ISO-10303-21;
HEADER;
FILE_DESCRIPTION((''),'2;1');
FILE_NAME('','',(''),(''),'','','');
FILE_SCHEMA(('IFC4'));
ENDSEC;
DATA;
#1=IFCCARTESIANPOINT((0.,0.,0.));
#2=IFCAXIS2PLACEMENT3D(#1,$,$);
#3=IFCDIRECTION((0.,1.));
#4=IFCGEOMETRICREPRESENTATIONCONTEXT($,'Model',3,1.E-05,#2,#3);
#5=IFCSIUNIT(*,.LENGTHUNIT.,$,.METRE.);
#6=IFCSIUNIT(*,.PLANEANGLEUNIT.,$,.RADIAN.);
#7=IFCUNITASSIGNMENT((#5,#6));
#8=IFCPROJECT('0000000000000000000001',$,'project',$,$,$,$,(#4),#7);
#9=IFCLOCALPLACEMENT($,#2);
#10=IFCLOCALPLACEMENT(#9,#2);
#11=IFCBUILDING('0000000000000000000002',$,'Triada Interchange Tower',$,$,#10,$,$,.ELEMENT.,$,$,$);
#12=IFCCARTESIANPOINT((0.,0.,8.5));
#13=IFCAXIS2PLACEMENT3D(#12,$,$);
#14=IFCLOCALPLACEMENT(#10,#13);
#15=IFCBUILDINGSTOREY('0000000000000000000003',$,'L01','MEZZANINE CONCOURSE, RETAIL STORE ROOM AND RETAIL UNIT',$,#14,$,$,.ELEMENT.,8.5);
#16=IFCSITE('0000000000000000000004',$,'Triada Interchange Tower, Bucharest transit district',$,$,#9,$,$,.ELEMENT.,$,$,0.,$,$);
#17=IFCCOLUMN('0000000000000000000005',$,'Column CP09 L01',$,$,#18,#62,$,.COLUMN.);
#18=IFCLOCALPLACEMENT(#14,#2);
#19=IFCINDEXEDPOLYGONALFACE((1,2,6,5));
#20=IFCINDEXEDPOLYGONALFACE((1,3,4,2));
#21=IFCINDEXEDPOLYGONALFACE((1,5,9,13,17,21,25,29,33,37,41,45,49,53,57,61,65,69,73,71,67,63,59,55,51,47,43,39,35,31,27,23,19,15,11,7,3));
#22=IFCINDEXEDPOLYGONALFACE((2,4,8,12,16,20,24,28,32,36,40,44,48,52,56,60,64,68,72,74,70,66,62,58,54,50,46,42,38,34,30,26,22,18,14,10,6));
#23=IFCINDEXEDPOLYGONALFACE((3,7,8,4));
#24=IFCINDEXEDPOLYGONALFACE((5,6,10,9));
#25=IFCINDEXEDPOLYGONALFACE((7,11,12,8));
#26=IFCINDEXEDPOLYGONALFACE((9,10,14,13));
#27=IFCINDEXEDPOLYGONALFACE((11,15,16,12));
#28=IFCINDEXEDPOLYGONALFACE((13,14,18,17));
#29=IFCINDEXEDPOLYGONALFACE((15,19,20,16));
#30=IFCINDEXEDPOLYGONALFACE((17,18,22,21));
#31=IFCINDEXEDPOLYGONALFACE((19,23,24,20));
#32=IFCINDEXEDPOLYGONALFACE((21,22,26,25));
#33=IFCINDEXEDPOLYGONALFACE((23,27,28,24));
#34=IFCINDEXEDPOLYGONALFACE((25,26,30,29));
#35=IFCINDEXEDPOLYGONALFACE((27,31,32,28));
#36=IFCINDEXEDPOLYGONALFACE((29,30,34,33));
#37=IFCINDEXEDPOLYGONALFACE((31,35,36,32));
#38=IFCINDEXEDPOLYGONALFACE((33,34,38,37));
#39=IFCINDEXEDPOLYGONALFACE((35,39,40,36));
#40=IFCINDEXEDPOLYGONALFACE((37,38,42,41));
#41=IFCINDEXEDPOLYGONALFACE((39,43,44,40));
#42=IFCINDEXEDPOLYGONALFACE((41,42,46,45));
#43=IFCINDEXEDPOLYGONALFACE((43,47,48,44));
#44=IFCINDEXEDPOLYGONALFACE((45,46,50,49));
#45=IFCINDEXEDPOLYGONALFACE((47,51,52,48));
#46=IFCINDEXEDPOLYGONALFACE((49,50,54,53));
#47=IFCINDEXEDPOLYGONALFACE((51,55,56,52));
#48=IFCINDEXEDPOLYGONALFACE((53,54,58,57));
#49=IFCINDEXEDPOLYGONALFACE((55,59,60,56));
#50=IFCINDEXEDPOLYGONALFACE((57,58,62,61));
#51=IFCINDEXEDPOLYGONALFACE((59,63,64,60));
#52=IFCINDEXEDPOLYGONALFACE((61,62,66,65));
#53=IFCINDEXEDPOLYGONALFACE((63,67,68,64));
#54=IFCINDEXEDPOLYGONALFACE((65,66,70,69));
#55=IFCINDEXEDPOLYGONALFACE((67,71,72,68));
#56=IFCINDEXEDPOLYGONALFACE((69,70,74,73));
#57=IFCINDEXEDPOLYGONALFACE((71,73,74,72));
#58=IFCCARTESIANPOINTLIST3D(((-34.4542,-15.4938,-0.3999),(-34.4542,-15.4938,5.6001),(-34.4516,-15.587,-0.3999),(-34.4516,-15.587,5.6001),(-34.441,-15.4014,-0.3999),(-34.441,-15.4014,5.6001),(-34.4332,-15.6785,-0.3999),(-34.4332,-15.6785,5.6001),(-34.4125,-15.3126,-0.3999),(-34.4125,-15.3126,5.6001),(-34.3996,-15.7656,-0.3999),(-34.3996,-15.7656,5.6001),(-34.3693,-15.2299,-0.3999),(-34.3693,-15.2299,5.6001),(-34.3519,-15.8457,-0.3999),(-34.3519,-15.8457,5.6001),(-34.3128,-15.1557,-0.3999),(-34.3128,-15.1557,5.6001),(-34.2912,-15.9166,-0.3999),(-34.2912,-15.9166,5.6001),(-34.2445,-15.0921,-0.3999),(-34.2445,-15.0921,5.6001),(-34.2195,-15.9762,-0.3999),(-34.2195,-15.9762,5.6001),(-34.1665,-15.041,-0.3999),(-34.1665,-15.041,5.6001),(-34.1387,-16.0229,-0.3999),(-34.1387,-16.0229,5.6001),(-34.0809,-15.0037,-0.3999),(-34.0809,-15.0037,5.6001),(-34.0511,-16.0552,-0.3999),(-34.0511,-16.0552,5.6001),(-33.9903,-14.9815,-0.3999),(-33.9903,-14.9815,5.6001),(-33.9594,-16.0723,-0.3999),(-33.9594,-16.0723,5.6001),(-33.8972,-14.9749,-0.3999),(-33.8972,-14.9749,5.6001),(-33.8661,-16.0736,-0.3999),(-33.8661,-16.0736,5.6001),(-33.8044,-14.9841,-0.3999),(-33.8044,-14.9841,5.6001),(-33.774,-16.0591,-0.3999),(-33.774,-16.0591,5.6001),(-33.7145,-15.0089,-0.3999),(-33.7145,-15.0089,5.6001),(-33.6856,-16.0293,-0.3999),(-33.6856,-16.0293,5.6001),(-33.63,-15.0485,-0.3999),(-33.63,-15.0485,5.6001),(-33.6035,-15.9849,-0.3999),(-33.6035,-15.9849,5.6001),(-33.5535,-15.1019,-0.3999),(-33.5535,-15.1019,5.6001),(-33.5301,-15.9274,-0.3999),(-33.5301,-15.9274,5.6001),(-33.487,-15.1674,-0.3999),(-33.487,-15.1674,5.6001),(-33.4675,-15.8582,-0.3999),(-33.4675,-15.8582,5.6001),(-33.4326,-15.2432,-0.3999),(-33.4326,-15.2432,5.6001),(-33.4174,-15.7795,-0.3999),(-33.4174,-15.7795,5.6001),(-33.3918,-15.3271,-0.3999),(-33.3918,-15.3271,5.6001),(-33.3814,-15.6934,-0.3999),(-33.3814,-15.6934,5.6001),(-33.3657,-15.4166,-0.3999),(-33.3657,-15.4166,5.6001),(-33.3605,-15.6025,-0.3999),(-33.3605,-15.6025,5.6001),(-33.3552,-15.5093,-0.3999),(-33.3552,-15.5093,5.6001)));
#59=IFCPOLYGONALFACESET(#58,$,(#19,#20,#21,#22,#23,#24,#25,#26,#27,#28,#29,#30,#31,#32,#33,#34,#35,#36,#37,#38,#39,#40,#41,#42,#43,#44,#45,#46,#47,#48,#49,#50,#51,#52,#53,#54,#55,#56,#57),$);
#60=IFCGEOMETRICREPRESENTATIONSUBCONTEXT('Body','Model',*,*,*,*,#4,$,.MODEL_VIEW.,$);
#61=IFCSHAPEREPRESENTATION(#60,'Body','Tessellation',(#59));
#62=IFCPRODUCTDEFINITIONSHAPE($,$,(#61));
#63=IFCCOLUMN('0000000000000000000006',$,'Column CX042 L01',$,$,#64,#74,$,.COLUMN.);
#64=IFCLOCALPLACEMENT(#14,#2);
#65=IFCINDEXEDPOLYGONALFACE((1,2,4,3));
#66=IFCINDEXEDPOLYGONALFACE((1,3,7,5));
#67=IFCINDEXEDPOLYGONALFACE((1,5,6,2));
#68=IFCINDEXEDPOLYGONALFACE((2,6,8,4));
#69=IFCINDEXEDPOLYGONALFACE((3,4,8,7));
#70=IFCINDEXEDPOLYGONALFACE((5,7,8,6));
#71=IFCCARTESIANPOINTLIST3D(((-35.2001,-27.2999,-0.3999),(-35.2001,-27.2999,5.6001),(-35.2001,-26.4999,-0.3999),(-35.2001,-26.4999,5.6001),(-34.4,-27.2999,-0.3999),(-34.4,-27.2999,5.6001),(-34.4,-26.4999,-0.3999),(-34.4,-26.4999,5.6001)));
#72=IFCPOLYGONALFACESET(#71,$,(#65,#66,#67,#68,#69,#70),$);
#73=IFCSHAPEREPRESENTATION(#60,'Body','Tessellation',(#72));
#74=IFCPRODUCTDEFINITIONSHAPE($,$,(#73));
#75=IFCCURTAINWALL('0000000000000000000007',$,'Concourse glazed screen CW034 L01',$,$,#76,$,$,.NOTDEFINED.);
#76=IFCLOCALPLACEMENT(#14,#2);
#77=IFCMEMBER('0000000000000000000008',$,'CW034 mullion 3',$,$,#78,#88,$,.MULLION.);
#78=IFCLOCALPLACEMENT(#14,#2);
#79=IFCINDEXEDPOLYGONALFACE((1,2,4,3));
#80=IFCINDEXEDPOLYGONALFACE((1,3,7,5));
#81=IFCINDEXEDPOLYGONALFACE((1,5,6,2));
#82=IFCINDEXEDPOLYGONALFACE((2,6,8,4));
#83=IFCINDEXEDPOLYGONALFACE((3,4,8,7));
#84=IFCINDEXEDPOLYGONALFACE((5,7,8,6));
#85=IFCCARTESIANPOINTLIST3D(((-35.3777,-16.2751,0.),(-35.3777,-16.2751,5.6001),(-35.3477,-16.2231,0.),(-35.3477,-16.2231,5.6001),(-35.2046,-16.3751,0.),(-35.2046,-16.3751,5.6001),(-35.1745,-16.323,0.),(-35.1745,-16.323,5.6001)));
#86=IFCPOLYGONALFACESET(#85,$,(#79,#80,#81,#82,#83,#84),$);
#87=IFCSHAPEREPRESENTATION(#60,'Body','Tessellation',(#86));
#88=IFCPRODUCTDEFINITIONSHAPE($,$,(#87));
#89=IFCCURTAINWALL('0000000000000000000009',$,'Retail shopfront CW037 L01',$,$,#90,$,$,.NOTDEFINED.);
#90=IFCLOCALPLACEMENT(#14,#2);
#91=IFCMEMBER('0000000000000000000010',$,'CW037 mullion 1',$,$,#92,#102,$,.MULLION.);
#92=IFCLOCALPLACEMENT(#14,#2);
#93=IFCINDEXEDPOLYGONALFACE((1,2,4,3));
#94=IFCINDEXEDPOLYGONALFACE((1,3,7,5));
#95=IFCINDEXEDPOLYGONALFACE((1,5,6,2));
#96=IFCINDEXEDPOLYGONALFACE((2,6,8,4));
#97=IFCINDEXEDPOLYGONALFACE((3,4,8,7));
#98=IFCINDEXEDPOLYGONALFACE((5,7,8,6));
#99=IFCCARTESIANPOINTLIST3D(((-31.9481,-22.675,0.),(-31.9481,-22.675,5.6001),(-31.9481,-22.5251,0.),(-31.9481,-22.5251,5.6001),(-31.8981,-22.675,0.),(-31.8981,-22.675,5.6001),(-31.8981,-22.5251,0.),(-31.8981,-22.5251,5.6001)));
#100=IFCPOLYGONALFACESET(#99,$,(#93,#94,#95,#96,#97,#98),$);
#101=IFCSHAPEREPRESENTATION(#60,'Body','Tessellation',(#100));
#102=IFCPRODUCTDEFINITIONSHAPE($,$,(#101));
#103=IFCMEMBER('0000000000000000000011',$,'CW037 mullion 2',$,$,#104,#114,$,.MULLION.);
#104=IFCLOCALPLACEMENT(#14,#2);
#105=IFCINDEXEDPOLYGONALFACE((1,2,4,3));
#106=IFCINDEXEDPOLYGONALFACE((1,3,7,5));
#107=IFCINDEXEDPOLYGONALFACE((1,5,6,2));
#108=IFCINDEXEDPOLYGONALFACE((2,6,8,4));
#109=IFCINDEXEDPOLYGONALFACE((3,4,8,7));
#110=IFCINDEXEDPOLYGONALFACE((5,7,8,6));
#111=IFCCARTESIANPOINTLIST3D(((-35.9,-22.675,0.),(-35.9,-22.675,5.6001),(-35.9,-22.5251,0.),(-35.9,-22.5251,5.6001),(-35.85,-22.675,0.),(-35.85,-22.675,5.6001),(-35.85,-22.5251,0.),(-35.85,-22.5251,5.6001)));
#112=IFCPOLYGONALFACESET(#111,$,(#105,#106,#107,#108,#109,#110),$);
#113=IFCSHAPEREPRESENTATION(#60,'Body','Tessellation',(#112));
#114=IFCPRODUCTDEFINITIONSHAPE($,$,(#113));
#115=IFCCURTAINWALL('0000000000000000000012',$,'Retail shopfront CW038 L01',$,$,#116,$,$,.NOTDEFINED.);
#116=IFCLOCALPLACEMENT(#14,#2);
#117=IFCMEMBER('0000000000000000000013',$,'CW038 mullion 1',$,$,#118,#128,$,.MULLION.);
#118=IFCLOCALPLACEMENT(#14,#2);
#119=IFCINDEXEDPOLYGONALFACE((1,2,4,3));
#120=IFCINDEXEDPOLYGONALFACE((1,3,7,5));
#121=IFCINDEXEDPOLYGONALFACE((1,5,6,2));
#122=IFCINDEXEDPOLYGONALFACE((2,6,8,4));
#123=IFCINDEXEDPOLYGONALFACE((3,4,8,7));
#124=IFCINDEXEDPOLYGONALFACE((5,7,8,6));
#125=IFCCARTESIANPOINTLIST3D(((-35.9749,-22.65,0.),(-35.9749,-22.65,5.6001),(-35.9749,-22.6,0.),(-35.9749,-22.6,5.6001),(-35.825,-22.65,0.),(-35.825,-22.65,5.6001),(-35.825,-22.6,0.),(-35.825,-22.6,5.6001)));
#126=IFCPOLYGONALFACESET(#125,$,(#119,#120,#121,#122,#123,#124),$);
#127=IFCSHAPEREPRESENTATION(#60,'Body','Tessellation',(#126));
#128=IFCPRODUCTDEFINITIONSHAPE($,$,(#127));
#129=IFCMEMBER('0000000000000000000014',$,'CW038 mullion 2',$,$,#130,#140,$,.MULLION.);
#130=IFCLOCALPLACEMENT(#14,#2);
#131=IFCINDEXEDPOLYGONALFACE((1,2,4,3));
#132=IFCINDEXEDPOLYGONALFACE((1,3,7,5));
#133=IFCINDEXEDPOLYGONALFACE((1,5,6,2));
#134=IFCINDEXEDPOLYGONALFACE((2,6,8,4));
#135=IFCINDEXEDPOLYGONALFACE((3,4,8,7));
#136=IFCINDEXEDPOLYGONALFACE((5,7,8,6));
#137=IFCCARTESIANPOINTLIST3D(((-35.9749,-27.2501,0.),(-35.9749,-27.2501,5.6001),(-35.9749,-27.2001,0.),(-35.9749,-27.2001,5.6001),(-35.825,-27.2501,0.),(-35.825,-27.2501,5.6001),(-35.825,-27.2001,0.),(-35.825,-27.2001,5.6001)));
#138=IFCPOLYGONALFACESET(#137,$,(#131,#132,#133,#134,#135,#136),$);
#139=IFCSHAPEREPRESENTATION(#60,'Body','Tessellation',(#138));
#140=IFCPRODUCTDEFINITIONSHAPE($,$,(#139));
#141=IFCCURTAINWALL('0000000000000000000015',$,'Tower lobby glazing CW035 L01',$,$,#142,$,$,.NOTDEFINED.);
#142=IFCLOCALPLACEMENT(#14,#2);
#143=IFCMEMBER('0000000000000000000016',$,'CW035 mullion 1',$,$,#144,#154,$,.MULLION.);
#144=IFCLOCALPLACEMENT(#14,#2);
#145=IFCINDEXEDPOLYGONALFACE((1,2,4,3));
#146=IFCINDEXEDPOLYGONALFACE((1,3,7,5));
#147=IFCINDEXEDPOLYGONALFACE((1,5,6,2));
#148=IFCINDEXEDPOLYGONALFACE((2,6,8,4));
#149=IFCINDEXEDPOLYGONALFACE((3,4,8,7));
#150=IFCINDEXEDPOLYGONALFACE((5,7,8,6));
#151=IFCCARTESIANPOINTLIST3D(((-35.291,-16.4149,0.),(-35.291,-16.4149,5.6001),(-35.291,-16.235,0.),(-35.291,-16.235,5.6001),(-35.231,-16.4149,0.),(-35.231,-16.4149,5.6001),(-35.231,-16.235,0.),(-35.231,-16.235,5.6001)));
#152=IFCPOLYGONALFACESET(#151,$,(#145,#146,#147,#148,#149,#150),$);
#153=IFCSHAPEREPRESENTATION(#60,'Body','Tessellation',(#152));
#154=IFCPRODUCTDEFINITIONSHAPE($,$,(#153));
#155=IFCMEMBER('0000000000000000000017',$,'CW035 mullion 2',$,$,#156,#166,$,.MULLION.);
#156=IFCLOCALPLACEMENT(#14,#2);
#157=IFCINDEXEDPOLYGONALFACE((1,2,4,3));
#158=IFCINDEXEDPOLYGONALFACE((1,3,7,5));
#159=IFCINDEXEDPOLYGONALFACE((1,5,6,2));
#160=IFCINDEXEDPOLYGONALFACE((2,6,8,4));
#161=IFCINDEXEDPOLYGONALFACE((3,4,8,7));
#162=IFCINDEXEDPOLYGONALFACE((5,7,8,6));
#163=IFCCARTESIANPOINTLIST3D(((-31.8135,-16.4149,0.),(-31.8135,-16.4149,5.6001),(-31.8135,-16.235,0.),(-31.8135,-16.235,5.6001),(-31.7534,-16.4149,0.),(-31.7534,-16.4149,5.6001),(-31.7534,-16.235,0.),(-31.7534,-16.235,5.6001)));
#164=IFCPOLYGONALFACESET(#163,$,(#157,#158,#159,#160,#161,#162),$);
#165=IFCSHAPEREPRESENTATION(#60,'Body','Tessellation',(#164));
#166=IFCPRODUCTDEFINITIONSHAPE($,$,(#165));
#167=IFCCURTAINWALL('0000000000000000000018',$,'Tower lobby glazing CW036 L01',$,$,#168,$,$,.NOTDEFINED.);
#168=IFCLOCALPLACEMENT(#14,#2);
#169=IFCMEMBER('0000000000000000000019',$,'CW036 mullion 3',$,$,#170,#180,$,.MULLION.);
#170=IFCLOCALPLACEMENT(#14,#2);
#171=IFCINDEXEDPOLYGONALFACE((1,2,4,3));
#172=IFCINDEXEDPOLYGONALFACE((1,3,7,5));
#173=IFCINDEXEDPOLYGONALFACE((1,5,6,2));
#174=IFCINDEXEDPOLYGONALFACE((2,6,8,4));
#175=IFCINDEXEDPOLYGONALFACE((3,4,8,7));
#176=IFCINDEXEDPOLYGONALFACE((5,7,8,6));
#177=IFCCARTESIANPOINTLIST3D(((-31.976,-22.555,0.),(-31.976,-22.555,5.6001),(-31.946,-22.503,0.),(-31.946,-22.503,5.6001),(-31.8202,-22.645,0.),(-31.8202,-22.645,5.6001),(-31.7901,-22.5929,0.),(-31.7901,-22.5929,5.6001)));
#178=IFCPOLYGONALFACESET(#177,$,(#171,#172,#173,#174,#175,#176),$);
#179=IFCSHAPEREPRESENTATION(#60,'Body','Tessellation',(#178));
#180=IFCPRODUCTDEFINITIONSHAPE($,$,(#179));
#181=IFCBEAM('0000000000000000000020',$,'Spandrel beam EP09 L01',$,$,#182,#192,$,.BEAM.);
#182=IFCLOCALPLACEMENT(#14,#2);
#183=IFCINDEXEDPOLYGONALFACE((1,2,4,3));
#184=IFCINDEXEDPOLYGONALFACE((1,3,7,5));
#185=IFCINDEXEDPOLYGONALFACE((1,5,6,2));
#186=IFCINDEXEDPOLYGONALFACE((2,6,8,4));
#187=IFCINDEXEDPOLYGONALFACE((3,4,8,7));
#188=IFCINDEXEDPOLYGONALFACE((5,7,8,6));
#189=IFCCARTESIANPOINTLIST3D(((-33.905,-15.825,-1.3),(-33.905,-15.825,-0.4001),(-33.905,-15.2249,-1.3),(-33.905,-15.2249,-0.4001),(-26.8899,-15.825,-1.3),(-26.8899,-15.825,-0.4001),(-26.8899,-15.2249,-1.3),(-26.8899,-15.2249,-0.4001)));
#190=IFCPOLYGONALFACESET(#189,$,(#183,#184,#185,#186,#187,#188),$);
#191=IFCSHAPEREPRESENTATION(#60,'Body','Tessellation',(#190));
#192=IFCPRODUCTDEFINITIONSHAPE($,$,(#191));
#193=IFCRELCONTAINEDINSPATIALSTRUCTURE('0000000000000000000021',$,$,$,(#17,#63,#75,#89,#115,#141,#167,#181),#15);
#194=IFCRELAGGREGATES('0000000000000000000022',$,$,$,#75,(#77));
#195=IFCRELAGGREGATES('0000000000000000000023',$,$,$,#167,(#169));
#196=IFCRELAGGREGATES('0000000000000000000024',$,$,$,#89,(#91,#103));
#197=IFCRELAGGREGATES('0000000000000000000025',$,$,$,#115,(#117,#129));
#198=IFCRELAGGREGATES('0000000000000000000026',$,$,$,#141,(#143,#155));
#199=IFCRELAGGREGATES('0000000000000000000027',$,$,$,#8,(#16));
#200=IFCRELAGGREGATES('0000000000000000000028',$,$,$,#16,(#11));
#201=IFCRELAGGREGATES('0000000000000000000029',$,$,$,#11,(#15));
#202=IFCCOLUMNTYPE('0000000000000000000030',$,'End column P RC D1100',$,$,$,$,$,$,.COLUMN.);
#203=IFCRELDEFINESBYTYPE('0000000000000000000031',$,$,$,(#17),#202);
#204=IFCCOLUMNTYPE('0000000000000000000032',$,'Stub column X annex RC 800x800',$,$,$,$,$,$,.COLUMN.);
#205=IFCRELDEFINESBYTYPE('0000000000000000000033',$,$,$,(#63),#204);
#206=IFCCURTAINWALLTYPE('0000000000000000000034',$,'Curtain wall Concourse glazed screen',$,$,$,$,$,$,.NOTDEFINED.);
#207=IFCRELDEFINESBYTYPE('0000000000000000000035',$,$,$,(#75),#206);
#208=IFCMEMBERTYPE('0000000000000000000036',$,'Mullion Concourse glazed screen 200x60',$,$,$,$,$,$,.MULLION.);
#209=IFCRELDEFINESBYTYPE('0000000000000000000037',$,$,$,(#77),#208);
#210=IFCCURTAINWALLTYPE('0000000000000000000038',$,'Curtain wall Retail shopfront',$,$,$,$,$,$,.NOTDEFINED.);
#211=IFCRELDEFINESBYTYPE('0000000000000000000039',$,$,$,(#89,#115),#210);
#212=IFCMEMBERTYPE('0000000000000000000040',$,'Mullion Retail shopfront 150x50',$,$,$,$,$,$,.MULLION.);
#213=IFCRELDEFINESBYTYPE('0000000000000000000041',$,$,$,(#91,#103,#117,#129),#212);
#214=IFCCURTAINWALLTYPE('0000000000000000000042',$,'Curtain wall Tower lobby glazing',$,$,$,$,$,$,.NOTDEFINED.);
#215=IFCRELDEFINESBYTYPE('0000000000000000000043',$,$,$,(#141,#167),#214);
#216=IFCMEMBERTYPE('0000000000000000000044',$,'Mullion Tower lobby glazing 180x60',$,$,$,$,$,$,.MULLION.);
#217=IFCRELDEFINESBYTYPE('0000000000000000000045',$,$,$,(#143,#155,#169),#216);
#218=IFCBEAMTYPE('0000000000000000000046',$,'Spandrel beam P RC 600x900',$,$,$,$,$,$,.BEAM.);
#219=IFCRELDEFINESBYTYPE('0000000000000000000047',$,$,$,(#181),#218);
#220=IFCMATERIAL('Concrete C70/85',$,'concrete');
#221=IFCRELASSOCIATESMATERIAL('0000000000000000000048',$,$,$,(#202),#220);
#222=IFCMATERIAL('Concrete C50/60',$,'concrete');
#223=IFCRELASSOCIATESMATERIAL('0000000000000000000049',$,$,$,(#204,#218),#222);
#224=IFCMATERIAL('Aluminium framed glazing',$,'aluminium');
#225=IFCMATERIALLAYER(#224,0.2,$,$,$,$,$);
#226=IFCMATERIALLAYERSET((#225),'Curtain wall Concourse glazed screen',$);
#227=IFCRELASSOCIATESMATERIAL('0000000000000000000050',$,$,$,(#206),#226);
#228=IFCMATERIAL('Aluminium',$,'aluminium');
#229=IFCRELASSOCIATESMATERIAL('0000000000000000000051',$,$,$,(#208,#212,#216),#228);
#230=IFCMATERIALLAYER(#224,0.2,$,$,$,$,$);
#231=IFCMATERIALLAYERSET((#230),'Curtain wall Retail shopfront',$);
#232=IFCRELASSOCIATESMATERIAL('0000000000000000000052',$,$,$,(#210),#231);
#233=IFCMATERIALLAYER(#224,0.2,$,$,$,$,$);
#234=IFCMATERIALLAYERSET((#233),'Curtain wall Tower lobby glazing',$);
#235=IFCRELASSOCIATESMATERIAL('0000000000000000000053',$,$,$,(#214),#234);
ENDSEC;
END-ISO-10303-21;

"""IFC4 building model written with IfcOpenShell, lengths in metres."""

from ifc_helpers import new_model, si_unit, direction, frame, origin, origin_2d, place, context, subcontext, project, spatial, rectangle, circle, extrude, material, layer, layer_set, material_profile, profile_set, type_object, element, aggregate, save


model = new_model("IFC4")

# Units and contexts
model_context = context("Model", 3, precision=1e-05, world=origin(), true_north=direction((0.0, 1.0)))
body_context = subcontext(model_context, "Body", "Model", "MODEL_VIEW")
ifc_project = project(units=[si_unit("LENGTHUNIT", "METRE"), si_unit("PLANEANGLEUNIT", "RADIAN")], contexts=[model_context])

# Site, building, storey
site_placement = place(None, origin())
site = spatial("IfcSite", under=ifc_project, at=site_placement, Name="Triada Interchange Tower, Bucharest transit district", CompositionType="ELEMENT", RefElevation=0.0)
building_placement = place(site_placement, origin())
building = spatial("IfcBuilding", under=site, at=building_placement, Name="Triada Interchange Tower", CompositionType="ELEMENT")
storey_placement = place(building_placement, frame((0.0, 0.0, 8.5)))
storey = spatial("IfcBuildingStorey", under=building, at=storey_placement, Name="L01", Description="MEZZANINE CONCOURSE, RETAIL STORE ROOM AND RETAIL UNIT", CompositionType="ELEMENT", Elevation=8.5)

# Columns
ifc_material_1 = material(Name="Concrete C70/85", Category="concrete")
ifc_material_profile_1 = material_profile(ifc_material_1, circle(Radius=0.55, at=origin_2d()), Name="RC D1100")
ifc_profile_set_1 = profile_set([ifc_material_profile_1], Name="Concrete C70/85")
column_type_1 = type_object("IfcColumnType", Name="End column P RC D1100", PredefinedType="COLUMN", material=ifc_profile_set_1)
column_1_placement = place(storey_placement, frame((-33.905, -15.5249, -0.3999), z_axis=(0.0, 0.0, 1.0), x_axis=(0.5, 0.866025, 0.0)))
element("IfcColumn", 1, at=column_1_placement, inside=storey, type_object=column_type_1, Name="Column CP09 L01", PredefinedType="COLUMN", context=body_context, shape_type="SweptSolid", body=[
    extrude(circle(Radius=0.55, at=origin_2d()), origin(), (0.0, 0.0, 1.0), 6.0),
])
ifc_material_2 = material(Name="Concrete C50/60", Category="concrete")
ifc_material_profile_2 = material_profile(ifc_material_2, rectangle(XDim=0.8, YDim=0.8, at=origin_2d()), Name="RC 800x800")
ifc_profile_set_2 = profile_set([ifc_material_profile_2], Name="Concrete C50/60")
column_type_2 = type_object("IfcColumnType", Name="Stub column X annex RC 800x800", PredefinedType="COLUMN", material=ifc_profile_set_2)
column_2_placement = place(storey_placement, frame((-34.8, -26.8999, -0.3999), z_axis=(0.0, 0.0, 1.0), x_axis=(1.0, 0.0, 0.0)))
element("IfcColumn", 2, at=column_2_placement, inside=storey, type_object=column_type_2, Name="Column CX042 L01", PredefinedType="COLUMN", context=body_context, shape_type="SweptSolid", body=[
    extrude(rectangle(XDim=0.8, YDim=0.8, at=origin_2d()), origin(), (0.0, 0.0, 1.0), 6.0),
])

# Curtain wall, member
ifc_material_3 = material(Name="Aluminium framed glazing", Category="aluminium")
ifc_layer_1 = layer(ifc_material_3, 0.2)
ifc_layer_set_1 = layer_set([ifc_layer_1], Name="Curtain wall Concourse glazed screen")
curtain_wall_type_1 = type_object("IfcCurtainWallType", Name="Curtain wall Concourse glazed screen", PredefinedType="NOTDEFINED", material=ifc_layer_set_1)
curtain_wall_1_placement = place(storey_placement, origin())
curtain_wall_1 = element("IfcCurtainWall", 3, at=curtain_wall_1_placement, inside=storey, type_object=curtain_wall_type_1, Name="Concourse glazed screen CW034 L01", PredefinedType="NOTDEFINED")
ifc_material_4 = material(Name="Aluminium", Category="aluminium")
ifc_material_profile_3 = material_profile(ifc_material_4, rectangle(XDim=0.2, YDim=0.0601, at=origin_2d()), Name="Aluminium mullion")
ifc_profile_set_3 = profile_set([ifc_material_profile_3], Name="Aluminium")
member_type_1 = type_object("IfcMemberType", Name="Mullion Concourse glazed screen 200x60", PredefinedType="MULLION", material=ifc_profile_set_3)
member_1_placement = place(storey_placement, frame((-35.2761, -16.2991, 0.0), z_axis=(0.0, 0.0, 1.0), x_axis=(0.866049, -0.499959, 0.0)))
member_1 = element("IfcMember", 4, at=member_1_placement, type_object=member_type_1, Name="CW034 mullion 3", PredefinedType="MULLION", context=body_context, shape_type="SweptSolid", body=[
    extrude(rectangle(XDim=0.2, YDim=0.0601, at=origin_2d()), origin(), (0.0, 0.0, 1.0), 5.6001),
])
aggregate(curtain_wall_1, [member_1])

# Curtain walls, members
ifc_layer_2 = layer(ifc_material_3, 0.2)
ifc_layer_set_2 = layer_set([ifc_layer_2], Name="Curtain wall Retail shopfront")
curtain_wall_type_2 = type_object("IfcCurtainWallType", Name="Curtain wall Retail shopfront", PredefinedType="NOTDEFINED", material=ifc_layer_set_2)
curtain_wall_2_placement = place(storey_placement, origin())
curtain_wall_2 = element("IfcCurtainWall", 5, at=curtain_wall_2_placement, inside=storey, type_object=curtain_wall_type_2, Name="Retail shopfront CW037 L01", PredefinedType="NOTDEFINED")
ifc_material_profile_4 = material_profile(ifc_material_4, rectangle(XDim=0.1499, YDim=0.05, at=origin_2d()), Name="Aluminium mullion")
ifc_profile_set_4 = profile_set([ifc_material_profile_4], Name="Aluminium")
member_type_2 = type_object("IfcMemberType", Name="Mullion Retail shopfront 150x50", PredefinedType="MULLION", material=ifc_profile_set_4)
member_2_placement = place(storey_placement, frame((-31.9231, -22.6001, 0.0), z_axis=(0.0, 0.0, 1.0), x_axis=(0.0, -1.0, 0.0)))
member_2 = element("IfcMember", 6, at=member_2_placement, type_object=member_type_2, Name="CW037 mullion 1", PredefinedType="MULLION", context=body_context, shape_type="SweptSolid", body=[
    extrude(rectangle(XDim=0.1499, YDim=0.05, at=origin_2d()), origin(), (0.0, 0.0, 1.0), 5.6001),
])
member_3_placement = place(storey_placement, frame((-35.875, -22.6001, 0.0), z_axis=(0.0, 0.0, 1.0), x_axis=(0.0, -1.0, 0.0)))
member_3 = element("IfcMember", 7, at=member_3_placement, type_object=member_type_2, Name="CW037 mullion 2", PredefinedType="MULLION", context=body_context, shape_type="SweptSolid", body=[
    extrude(rectangle(XDim=0.1499, YDim=0.05, at=origin_2d()), origin(), (0.0, 0.0, 1.0), 5.6001),
])
curtain_wall_3_placement = place(storey_placement, origin())
curtain_wall_3 = element("IfcCurtainWall", 8, at=curtain_wall_3_placement, inside=storey, type_object=curtain_wall_type_2, Name="Retail shopfront CW038 L01", PredefinedType="NOTDEFINED")
member_4_placement = place(storey_placement, frame((-35.8999, -22.625, 0.0), z_axis=(0.0, 0.0, 1.0), x_axis=(1.0, 0.0, 0.0)))
member_4 = element("IfcMember", 9, at=member_4_placement, type_object=member_type_2, Name="CW038 mullion 1", PredefinedType="MULLION", context=body_context, shape_type="SweptSolid", body=[
    extrude(rectangle(XDim=0.1499, YDim=0.05, at=origin_2d()), origin(), (0.0, 0.0, 1.0), 5.6001),
])
member_5_placement = place(storey_placement, frame((-35.8999, -27.2251, 0.0), z_axis=(0.0, 0.0, 1.0), x_axis=(1.0, 0.0, 0.0)))
member_5 = element("IfcMember", 10, at=member_5_placement, type_object=member_type_2, Name="CW038 mullion 2", PredefinedType="MULLION", context=body_context, shape_type="SweptSolid", body=[
    extrude(rectangle(XDim=0.1499, YDim=0.05, at=origin_2d()), origin(), (0.0, 0.0, 1.0), 5.6001),
])
ifc_layer_3 = layer(ifc_material_3, 0.2)
ifc_layer_set_3 = layer_set([ifc_layer_3], Name="Curtain wall Tower lobby glazing")
curtain_wall_type_3 = type_object("IfcCurtainWallType", Name="Curtain wall Tower lobby glazing", PredefinedType="NOTDEFINED", material=ifc_layer_set_3)
curtain_wall_4_placement = place(storey_placement, origin())
curtain_wall_4 = element("IfcCurtainWall", 11, at=curtain_wall_4_placement, inside=storey, type_object=curtain_wall_type_3, Name="Tower lobby glazing CW035 L01", PredefinedType="NOTDEFINED")
ifc_material_profile_5 = material_profile(ifc_material_4, rectangle(XDim=0.1799, YDim=0.0601, at=origin_2d()), Name="Aluminium mullion")
ifc_profile_set_5 = profile_set([ifc_material_profile_5], Name="Aluminium")
member_type_3 = type_object("IfcMemberType", Name="Mullion Tower lobby glazing 180x60", PredefinedType="MULLION", material=ifc_profile_set_5)
member_6_placement = place(storey_placement, frame((-35.261, -16.325, 0.0), z_axis=(0.0, 0.0, 1.0), x_axis=(0.0, 1.0, 0.0)))
member_6 = element("IfcMember", 12, at=member_6_placement, type_object=member_type_3, Name="CW035 mullion 1", PredefinedType="MULLION", context=body_context, shape_type="SweptSolid", body=[
    extrude(rectangle(XDim=0.1799, YDim=0.0601, at=origin_2d()), origin(), (0.0, 0.0, 1.0), 5.6001),
])
member_7_placement = place(storey_placement, frame((-31.7834, -16.325, 0.0), z_axis=(0.0, 0.0, 1.0), x_axis=(0.0, 1.0, 0.0)))
member_7 = element("IfcMember", 13, at=member_7_placement, type_object=member_type_3, Name="CW035 mullion 2", PredefinedType="MULLION", context=body_context, shape_type="SweptSolid", body=[
    extrude(rectangle(XDim=0.1799, YDim=0.0601, at=origin_2d()), origin(), (0.0, 0.0, 1.0), 5.6001),
])

# Curtain wall, member
curtain_wall_5_placement = place(storey_placement, origin())
curtain_wall_5 = element("IfcCurtainWall", 14, at=curtain_wall_5_placement, inside=storey, type_object=curtain_wall_type_3, Name="Tower lobby glazing CW036 L01", PredefinedType="NOTDEFINED")
member_8_placement = place(storey_placement, frame((-31.8831, -22.574, 0.0), z_axis=(0.0, 0.0, 1.0), x_axis=(0.866078, -0.49991, 0.0)))
member_8 = element("IfcMember", 15, at=member_8_placement, type_object=member_type_3, Name="CW036 mullion 3", PredefinedType="MULLION", context=body_context, shape_type="SweptSolid", body=[
    extrude(rectangle(XDim=0.1799, YDim=0.0601, at=origin_2d()), origin(), (0.0, 0.0, 1.0), 5.6001),
])
aggregate(curtain_wall_5, [member_8])

# Beam
ifc_material_profile_6 = material_profile(ifc_material_2, rectangle(XDim=0.6001, YDim=0.8999, at=origin_2d()), Name="RC 600x900")
ifc_profile_set_6 = profile_set([ifc_material_profile_6], Name="Concrete C50/60")
beam_type_1 = type_object("IfcBeamType", Name="Spandrel beam P RC 600x900", PredefinedType="BEAM", material=ifc_profile_set_6)
beam_1_placement = place(storey_placement, frame((-33.905, -15.5249, -0.8501), z_axis=(1.0, 0.0, 0.0), x_axis=(0.0, 1.0, 0.0)))
element("IfcBeam", 16, at=beam_1_placement, inside=storey, type_object=beam_type_1, Name="Spandrel beam EP09 L01", PredefinedType="BEAM", context=body_context, shape_type="SweptSolid", body=[
    extrude(rectangle(XDim=0.6001, YDim=0.8999, at=origin_2d()), origin(), (0.0, 0.0, 1.0), 7.0151),
])

aggregate(curtain_wall_2, [member_2, member_3])
aggregate(curtain_wall_3, [member_4, member_5])
aggregate(curtain_wall_4, [member_6, member_7])

save(model, "model.ifc")
